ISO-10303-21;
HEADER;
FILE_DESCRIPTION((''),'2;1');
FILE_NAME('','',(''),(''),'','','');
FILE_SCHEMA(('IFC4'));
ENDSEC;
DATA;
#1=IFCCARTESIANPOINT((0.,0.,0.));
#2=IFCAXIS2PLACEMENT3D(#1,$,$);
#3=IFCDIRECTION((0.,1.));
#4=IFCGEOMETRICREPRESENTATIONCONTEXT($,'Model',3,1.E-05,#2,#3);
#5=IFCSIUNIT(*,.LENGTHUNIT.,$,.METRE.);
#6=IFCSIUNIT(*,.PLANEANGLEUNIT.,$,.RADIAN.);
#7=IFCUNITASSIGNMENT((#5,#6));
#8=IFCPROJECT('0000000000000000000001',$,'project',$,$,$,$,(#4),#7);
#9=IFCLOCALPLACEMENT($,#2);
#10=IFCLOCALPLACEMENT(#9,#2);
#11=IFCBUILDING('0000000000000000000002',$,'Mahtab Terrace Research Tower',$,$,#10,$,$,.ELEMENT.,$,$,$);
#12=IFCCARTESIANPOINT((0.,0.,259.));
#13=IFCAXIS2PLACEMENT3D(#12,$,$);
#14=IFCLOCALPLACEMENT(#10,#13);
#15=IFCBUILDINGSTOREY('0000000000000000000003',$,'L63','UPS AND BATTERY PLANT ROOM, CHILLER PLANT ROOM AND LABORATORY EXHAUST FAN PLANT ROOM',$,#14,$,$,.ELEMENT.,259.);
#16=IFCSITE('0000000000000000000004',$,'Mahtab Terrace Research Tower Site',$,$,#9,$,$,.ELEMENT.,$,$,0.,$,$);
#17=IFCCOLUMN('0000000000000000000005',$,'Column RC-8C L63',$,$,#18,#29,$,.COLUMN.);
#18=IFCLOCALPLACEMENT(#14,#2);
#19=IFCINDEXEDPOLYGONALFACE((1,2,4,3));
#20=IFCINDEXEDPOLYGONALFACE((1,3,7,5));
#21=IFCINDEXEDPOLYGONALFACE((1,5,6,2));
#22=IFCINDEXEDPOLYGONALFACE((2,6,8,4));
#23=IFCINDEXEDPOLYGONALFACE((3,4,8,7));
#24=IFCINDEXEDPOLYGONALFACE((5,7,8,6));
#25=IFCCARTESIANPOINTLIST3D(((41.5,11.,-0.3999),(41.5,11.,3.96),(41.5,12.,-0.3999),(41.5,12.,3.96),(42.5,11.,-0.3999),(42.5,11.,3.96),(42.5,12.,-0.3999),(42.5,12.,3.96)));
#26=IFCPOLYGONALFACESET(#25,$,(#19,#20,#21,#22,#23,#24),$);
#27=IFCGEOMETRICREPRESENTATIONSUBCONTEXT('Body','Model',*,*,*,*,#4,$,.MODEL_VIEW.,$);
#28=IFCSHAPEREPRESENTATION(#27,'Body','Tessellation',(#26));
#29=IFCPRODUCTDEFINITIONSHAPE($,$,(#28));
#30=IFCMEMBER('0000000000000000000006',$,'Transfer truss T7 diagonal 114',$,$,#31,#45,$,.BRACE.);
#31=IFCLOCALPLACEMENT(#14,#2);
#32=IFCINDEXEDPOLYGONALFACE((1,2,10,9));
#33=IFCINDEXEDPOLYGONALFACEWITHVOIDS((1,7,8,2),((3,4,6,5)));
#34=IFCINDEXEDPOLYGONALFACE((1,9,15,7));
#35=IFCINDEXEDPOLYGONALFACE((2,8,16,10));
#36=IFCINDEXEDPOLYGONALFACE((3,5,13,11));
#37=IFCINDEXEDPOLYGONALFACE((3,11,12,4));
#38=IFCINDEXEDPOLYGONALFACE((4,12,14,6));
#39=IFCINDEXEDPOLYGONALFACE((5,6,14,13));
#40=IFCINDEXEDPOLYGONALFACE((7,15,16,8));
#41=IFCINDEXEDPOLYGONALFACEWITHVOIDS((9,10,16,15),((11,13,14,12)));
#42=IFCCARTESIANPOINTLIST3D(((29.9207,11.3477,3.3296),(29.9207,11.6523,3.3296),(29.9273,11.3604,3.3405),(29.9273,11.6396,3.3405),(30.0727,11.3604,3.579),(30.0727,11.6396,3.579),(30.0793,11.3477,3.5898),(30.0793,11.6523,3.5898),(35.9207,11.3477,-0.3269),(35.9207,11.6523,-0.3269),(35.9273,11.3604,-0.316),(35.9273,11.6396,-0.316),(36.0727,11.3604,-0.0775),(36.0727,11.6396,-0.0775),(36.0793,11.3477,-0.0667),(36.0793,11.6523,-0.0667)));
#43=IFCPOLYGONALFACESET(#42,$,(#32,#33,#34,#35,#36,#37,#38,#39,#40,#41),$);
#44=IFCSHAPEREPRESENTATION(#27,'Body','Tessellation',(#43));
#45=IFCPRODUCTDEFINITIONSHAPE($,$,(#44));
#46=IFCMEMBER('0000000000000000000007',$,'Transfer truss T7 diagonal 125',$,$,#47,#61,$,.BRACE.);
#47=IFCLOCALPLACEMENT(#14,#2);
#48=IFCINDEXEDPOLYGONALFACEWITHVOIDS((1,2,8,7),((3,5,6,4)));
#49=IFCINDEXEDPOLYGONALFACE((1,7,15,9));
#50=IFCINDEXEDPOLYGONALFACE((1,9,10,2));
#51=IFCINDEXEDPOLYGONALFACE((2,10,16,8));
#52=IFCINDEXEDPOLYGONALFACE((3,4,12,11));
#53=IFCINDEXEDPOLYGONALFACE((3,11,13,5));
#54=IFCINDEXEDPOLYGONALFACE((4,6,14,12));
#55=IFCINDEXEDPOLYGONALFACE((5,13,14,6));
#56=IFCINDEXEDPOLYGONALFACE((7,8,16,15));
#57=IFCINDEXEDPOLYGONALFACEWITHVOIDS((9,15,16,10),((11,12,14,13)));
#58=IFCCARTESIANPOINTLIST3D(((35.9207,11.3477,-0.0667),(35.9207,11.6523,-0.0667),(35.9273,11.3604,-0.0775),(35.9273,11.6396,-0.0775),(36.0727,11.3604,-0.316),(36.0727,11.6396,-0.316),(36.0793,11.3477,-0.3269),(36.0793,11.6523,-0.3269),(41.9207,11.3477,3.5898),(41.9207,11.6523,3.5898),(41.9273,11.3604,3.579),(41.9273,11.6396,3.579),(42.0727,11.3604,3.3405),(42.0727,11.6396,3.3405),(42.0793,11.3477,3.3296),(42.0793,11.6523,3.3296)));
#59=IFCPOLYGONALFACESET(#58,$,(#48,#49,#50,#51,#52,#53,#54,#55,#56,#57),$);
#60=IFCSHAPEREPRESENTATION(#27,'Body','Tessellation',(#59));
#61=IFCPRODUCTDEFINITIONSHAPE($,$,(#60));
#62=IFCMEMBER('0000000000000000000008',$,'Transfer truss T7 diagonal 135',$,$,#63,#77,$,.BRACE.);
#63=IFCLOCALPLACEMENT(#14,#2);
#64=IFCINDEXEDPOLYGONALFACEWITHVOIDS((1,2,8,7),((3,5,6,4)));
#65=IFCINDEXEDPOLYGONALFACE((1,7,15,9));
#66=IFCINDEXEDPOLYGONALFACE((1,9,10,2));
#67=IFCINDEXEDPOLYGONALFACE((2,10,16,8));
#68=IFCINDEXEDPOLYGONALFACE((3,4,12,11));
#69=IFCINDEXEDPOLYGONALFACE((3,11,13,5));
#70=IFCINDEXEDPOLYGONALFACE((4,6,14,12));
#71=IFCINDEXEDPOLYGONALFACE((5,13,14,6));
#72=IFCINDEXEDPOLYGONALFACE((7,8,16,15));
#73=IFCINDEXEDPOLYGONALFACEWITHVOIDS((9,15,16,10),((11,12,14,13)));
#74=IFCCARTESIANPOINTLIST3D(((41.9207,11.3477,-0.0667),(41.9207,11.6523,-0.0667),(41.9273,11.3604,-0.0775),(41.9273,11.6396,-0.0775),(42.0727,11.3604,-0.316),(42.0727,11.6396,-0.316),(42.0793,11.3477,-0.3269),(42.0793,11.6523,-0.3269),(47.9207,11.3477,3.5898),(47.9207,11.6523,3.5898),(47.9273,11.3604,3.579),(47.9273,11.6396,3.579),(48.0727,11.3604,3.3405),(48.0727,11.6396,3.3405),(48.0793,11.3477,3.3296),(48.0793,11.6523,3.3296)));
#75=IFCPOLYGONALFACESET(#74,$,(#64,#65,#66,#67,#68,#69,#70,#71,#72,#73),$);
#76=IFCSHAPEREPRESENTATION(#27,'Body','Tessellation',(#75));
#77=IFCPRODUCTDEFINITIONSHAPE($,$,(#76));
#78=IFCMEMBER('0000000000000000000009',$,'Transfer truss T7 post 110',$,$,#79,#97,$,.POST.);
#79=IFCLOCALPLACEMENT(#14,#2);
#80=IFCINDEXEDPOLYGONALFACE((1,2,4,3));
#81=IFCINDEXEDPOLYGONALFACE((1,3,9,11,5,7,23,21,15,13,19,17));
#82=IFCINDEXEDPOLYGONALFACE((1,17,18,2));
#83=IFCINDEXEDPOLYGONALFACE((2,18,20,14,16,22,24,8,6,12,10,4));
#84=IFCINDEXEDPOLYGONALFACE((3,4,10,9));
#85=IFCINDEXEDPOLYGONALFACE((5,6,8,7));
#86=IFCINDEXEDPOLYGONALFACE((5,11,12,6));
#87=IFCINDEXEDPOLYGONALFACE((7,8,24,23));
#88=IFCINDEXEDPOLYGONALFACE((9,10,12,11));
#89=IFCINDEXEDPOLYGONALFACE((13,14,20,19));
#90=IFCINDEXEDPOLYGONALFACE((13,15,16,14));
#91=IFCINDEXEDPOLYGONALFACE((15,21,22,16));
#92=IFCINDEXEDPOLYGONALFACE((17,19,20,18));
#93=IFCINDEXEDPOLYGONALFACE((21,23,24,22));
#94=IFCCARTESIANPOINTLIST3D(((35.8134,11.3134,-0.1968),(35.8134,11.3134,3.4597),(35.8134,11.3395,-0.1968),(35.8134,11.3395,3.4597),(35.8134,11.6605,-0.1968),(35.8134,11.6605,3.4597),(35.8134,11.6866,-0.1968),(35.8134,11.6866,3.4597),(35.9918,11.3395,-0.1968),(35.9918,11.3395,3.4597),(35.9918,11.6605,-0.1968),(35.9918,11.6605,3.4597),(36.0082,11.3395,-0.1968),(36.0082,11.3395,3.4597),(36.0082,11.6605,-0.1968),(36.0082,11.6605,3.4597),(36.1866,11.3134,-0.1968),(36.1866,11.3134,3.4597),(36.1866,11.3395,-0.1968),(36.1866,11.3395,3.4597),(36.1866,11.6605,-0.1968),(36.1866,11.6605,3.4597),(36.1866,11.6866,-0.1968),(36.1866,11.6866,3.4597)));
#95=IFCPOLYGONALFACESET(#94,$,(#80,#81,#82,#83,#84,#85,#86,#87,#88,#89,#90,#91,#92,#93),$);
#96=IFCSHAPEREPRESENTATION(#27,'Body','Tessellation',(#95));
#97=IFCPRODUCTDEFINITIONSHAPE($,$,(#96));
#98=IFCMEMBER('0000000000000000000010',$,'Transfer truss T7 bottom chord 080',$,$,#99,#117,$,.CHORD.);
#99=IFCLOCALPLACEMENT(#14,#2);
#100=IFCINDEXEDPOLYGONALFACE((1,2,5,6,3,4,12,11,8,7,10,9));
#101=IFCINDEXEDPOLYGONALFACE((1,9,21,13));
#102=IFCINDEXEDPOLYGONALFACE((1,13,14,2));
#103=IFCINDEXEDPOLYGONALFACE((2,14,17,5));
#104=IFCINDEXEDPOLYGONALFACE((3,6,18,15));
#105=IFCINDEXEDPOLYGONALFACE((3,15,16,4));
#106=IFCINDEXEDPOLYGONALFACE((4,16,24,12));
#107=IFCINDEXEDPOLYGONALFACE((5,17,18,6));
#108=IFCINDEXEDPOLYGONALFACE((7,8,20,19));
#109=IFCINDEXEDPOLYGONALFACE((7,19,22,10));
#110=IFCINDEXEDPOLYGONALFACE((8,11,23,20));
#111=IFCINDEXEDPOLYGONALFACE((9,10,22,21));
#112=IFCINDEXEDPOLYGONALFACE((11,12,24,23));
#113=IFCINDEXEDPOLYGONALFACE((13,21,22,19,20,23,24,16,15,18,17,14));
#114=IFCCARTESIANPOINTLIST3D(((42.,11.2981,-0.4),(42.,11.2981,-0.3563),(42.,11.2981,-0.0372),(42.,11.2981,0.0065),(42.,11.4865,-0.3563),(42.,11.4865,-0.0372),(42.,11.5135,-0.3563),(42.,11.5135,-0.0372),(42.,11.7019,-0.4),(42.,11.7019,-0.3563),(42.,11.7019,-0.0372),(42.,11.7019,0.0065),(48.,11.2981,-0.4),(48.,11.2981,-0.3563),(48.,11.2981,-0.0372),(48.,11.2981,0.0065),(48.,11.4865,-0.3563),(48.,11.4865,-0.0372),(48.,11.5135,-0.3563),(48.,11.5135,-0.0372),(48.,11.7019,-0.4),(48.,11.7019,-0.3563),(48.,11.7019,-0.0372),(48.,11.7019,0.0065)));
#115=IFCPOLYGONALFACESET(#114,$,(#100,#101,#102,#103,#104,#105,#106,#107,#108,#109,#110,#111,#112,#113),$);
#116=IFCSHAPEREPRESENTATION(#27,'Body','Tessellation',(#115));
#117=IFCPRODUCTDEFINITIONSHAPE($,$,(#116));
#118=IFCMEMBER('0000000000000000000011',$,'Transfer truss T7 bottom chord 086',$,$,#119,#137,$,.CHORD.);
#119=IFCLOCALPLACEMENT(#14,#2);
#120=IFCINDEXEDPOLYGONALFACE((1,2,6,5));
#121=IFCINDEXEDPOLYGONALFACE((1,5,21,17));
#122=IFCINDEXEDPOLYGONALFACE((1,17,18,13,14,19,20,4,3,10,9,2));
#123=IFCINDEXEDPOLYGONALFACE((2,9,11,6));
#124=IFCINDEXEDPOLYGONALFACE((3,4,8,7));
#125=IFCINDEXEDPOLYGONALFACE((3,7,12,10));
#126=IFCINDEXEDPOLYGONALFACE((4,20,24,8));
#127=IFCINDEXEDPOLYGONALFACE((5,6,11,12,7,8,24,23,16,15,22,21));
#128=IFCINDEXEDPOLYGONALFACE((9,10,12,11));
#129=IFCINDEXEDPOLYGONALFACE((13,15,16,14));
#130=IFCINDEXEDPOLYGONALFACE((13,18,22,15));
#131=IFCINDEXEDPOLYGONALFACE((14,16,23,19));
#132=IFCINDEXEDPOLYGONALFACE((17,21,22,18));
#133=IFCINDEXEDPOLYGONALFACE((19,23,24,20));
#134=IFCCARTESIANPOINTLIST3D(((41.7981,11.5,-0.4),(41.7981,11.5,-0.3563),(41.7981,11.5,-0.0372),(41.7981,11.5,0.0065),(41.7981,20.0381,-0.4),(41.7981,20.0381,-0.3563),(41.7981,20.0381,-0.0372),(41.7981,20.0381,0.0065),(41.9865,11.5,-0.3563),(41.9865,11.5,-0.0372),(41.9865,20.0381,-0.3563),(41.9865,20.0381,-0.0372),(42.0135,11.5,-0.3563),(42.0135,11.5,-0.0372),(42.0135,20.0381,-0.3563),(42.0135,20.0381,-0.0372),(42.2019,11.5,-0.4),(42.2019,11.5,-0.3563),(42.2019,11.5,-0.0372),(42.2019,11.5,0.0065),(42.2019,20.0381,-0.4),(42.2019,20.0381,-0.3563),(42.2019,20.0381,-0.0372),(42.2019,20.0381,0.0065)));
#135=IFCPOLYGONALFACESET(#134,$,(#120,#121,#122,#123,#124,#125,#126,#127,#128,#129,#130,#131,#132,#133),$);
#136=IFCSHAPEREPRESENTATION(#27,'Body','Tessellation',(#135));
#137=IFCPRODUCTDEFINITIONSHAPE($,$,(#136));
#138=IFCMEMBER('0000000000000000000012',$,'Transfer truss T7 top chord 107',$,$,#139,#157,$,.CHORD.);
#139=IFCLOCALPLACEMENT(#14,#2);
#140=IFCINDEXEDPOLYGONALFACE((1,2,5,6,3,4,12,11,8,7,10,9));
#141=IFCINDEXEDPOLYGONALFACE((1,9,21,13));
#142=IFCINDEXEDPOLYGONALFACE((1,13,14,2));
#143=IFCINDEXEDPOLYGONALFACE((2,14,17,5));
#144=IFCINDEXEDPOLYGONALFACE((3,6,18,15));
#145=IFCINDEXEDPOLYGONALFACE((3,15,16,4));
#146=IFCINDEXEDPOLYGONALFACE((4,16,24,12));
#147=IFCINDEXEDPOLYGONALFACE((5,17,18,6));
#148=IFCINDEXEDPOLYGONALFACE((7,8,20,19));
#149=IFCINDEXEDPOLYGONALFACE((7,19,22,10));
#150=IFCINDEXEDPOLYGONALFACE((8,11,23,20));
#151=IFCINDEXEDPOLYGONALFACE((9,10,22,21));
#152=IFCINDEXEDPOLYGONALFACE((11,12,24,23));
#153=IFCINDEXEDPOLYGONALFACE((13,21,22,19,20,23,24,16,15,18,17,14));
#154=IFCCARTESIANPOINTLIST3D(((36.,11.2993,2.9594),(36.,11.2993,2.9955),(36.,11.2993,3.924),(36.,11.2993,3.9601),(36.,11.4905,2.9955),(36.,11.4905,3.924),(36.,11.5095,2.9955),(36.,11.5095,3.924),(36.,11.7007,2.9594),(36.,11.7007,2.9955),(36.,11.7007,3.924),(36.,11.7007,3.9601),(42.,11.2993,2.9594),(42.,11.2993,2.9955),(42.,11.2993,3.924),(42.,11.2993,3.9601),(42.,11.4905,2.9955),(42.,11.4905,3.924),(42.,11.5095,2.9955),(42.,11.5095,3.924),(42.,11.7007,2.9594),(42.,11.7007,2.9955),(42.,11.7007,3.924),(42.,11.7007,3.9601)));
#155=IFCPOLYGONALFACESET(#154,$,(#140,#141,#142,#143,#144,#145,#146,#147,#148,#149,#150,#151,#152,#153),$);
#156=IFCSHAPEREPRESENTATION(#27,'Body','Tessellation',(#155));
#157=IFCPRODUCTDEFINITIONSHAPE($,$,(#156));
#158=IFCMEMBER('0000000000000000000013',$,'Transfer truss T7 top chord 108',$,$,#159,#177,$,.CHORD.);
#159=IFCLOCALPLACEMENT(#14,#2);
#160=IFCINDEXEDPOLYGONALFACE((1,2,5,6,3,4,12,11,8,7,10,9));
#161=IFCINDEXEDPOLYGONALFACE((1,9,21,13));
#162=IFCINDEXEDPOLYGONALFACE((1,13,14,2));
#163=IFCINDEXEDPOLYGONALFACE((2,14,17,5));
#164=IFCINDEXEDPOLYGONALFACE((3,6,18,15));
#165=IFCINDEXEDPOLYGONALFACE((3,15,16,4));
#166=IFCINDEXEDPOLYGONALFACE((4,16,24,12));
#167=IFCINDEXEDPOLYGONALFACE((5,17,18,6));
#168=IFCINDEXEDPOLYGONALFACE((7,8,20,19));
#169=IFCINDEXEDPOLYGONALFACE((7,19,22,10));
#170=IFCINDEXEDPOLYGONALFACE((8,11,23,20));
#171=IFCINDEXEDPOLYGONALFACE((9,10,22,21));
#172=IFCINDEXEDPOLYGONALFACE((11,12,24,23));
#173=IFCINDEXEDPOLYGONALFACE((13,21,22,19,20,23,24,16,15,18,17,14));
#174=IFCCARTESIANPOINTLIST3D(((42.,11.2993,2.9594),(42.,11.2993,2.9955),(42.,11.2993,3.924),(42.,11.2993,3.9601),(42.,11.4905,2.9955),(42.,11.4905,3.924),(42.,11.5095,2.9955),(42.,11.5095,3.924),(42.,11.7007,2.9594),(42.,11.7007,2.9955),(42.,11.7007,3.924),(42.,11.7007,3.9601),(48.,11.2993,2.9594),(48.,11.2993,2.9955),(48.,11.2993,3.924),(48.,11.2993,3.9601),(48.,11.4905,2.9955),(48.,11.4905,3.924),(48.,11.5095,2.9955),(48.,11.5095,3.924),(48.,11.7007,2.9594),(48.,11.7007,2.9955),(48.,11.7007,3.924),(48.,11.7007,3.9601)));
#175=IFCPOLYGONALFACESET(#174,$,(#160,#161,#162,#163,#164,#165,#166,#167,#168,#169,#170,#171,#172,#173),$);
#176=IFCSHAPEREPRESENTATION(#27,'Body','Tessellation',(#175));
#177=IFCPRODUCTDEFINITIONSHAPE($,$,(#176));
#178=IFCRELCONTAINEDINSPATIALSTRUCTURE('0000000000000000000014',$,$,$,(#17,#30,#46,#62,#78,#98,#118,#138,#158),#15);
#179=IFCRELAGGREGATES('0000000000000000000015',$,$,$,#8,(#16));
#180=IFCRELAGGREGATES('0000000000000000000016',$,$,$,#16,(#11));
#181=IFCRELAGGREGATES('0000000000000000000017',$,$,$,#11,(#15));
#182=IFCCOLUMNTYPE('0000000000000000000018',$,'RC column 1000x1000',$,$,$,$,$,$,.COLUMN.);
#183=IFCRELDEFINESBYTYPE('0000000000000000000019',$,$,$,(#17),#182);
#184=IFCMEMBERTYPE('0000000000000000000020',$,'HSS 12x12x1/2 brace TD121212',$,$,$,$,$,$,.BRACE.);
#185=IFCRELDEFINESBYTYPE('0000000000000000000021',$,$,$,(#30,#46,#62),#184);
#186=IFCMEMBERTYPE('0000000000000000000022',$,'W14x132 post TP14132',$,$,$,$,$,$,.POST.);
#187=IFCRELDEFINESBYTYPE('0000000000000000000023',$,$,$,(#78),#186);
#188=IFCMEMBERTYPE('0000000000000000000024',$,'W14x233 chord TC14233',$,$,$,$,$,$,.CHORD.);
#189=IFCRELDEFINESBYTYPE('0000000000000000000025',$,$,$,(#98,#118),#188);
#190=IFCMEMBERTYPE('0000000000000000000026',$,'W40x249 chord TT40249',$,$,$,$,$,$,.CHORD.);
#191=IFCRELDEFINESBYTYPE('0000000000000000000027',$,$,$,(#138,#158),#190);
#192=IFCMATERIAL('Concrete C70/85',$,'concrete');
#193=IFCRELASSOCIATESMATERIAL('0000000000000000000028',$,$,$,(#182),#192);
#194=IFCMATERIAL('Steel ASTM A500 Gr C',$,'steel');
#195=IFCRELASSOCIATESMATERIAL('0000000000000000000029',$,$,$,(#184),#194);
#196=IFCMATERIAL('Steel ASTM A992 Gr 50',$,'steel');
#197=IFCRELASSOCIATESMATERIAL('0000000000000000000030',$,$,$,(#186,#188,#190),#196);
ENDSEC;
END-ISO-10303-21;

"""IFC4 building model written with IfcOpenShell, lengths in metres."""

from ifc_helpers import new_model, si_unit, direction, frame, origin, origin_2d, place, context, subcontext, project, spatial, rectangle, hollow_rectangle, i_section, extrude, material, material_profile, profile_set, type_object, element, save


model = new_model("IFC4")

# Units and contexts
model_context = context("Model", 3, precision=1e-05, world=origin(), true_north=direction((0.0, 1.0)))
body_context = subcontext(model_context, "Body", "Model", "MODEL_VIEW")
ifc_project = project(units=[si_unit("LENGTHUNIT", "METRE"), si_unit("PLANEANGLEUNIT", "RADIAN")], contexts=[model_context])

# Site, building, storey
site_placement = place(None, origin())
site = spatial("IfcSite", under=ifc_project, at=site_placement, Name="Mahtab Terrace Research Tower Site", CompositionType="ELEMENT", RefElevation=0.0)
building_placement = place(site_placement, origin())
building = spatial("IfcBuilding", under=site, at=building_placement, Name="Mahtab Terrace Research Tower", CompositionType="ELEMENT")
storey_placement = place(building_placement, frame((0.0, 0.0, 259.0)))
storey = spatial("IfcBuildingStorey", under=building, at=storey_placement, Name="L63", Description="UPS AND BATTERY PLANT ROOM, CHILLER PLANT ROOM AND LABORATORY EXHAUST FAN PLANT ROOM", CompositionType="ELEMENT", Elevation=259.0)

# Column
ifc_material_1 = material(Name="Concrete C70/85", Category="concrete")
ifc_material_profile_1 = material_profile(ifc_material_1, rectangle(XDim=1.0, YDim=1.0, at=origin_2d()), Name="RC column 1000x1000")
ifc_profile_set_1 = profile_set([ifc_material_profile_1], Name="Concrete C70/85")
column_type = type_object("IfcColumnType", Name="RC column 1000x1000", PredefinedType="COLUMN", material=ifc_profile_set_1)
column_placement = place(storey_placement, frame((42.0, 11.5, -0.3999), z_axis=(0.0, 0.0, 1.0), x_axis=(1.0, 0.0, 0.0)))
element("IfcColumn", 1, at=column_placement, inside=storey, type_object=column_type, Name="Column RC-8C L63", PredefinedType="COLUMN", context=body_context, shape_type="SweptSolid", body=[
    extrude(rectangle(XDim=1.0, YDim=1.0, at=origin_2d()), origin(), (0.0, 0.0, 1.0), 4.3599),
])

# Members
ifc_material_2 = material(Name="Steel ASTM A500 Gr C", Category="steel")
ifc_material_profile_2 = material_profile(ifc_material_2, hollow_rectangle(XDim=0.3047, YDim=0.3047, WallThickness=0.0127, at=origin_2d()), Name="HSS12X12X1/2")
ifc_profile_set_2 = profile_set([ifc_material_profile_2], Name="Steel ASTM A500 Gr C")
member_type_1 = type_object("IfcMemberType", Name="HSS 12x12x1/2 brace TD121212", PredefinedType="BRACE", material=ifc_profile_set_2)
for number, where, z_axis, x_axis, name in (
    (2, (36.0, 11.5, -0.1968), (-0.853925, 0.0, 0.520396), (0.0, -1.0, 0.0), "Transfer truss T7 diagonal 114"),
    (3, (36.0, 11.5, -0.1968), (0.853925, 0.0, 0.520396), (0.0, 1.0, 0.0), "Transfer truss T7 diagonal 125"),
    (4, (42.0, 11.5, -0.1968), (0.853925, 0.0, 0.520396), (0.0, 1.0, 0.0), "Transfer truss T7 diagonal 135"),
):
    element("IfcMember", number, at=place(storey_placement, frame(where, z_axis=z_axis, x_axis=x_axis)), inside=storey, type_object=member_type_1, Name=name, PredefinedType="BRACE", context=body_context, shape_type="SweptSolid", body=[
        extrude(hollow_rectangle(XDim=0.3047, YDim=0.3047, WallThickness=0.0127, at=origin_2d()), origin(), (0.0, 0.0, 1.0), 7.0264),
    ])
ifc_material_3 = material(Name="Steel ASTM A992 Gr 50", Category="steel")
ifc_material_profile_3 = material_profile(ifc_material_3, i_section(OverallWidth=0.3733, OverallDepth=0.3733, WebThickness=0.0164, FlangeThickness=0.0261, at=origin_2d()), Name="W14X132")
ifc_profile_set_3 = profile_set([ifc_material_profile_3], Name="Steel ASTM A992 Gr 50")
member_type_2 = type_object("IfcMemberType", Name="W14x132 post TP14132", PredefinedType="POST", material=ifc_profile_set_3)
member_1_placement = place(storey_placement, frame((36.0, 11.5, -0.1968), z_axis=(0.0, 0.0, 1.0), x_axis=(1.0, 0.0, 0.0)))
element("IfcMember", 5, at=member_1_placement, inside=storey, type_object=member_type_2, Name="Transfer truss T7 post 110", PredefinedType="POST", context=body_context, shape_type="SweptSolid", body=[
    extrude(i_section(OverallWidth=0.3733, OverallDepth=0.3733, WebThickness=0.0164, FlangeThickness=0.0261, at=origin_2d()), origin(), (0.0, 0.0, 1.0), 3.6565),
])
ifc_material_profile_4 = material_profile(ifc_material_3, i_section(OverallWidth=0.4038, OverallDepth=0.4065, WebThickness=0.0271, FlangeThickness=0.0437, at=origin_2d()), Name="W14X233")
ifc_profile_set_4 = profile_set([ifc_material_profile_4], Name="Steel ASTM A992 Gr 50")
member_type_3 = type_object("IfcMemberType", Name="W14x233 chord TC14233", PredefinedType="CHORD", material=ifc_profile_set_4)
member_2_placement = place(storey_placement, frame((42.0, 11.5, -0.1968), z_axis=(1.0, 0.0, 0.0), x_axis=(0.0, 1.0, 0.0)))
element("IfcMember", 6, at=member_2_placement, inside=storey, type_object=member_type_3, Name="Transfer truss T7 bottom chord 080", PredefinedType="CHORD", context=body_context, shape_type="SweptSolid", body=[
    extrude(i_section(OverallWidth=0.4038, OverallDepth=0.4065, WebThickness=0.0271, FlangeThickness=0.0437, at=origin_2d()), origin(), (0.0, 0.0, 1.0), 6.0),
])
member_3_placement = place(storey_placement, frame((42.0, 11.5, -0.1968), z_axis=(0.0, 1.0, 0.0), x_axis=(-1.0, 0.0, 0.0)))
element("IfcMember", 7, at=member_3_placement, inside=storey, type_object=member_type_3, Name="Transfer truss T7 bottom chord 086", PredefinedType="CHORD", context=body_context, shape_type="SweptSolid", body=[
    extrude(i_section(OverallWidth=0.4038, OverallDepth=0.4065, WebThickness=0.0271, FlangeThickness=0.0437, at=origin_2d()), origin(), (0.0, 0.0, 1.0), 8.5381),
])
ifc_material_profile_5 = material_profile(ifc_material_3, i_section(OverallWidth=0.4014, OverallDepth=1.0007, WebThickness=0.019, FlangeThickness=0.0361, at=origin_2d()), Name="W40X249")
ifc_profile_set_5 = profile_set([ifc_material_profile_5], Name="Steel ASTM A992 Gr 50")
member_type_4 = type_object("IfcMemberType", Name="W40x249 chord TT40249", PredefinedType="CHORD", material=ifc_profile_set_5)
for number, where, z_axis, x_axis, name in (
    (8, (36.0, 11.5, 3.4597), (1.0, 0.0, 0.0), (0.0, 1.0, 0.0), "Transfer truss T7 top chord 107"),
    (9, (42.0, 11.5, 3.4597), (1.0, 0.0, 0.0), (0.0, 1.0, 0.0), "Transfer truss T7 top chord 108"),
):
    element("IfcMember", number, at=place(storey_placement, frame(where, z_axis=z_axis, x_axis=x_axis)), inside=storey, type_object=member_type_4, Name=name, PredefinedType="CHORD", context=body_context, shape_type="SweptSolid", body=[
        extrude(i_section(OverallWidth=0.4014, OverallDepth=1.0007, WebThickness=0.019, FlangeThickness=0.0361, at=origin_2d()), origin(), (0.0, 0.0, 1.0), 6.0),
    ])

save(model, "model.ifc")
